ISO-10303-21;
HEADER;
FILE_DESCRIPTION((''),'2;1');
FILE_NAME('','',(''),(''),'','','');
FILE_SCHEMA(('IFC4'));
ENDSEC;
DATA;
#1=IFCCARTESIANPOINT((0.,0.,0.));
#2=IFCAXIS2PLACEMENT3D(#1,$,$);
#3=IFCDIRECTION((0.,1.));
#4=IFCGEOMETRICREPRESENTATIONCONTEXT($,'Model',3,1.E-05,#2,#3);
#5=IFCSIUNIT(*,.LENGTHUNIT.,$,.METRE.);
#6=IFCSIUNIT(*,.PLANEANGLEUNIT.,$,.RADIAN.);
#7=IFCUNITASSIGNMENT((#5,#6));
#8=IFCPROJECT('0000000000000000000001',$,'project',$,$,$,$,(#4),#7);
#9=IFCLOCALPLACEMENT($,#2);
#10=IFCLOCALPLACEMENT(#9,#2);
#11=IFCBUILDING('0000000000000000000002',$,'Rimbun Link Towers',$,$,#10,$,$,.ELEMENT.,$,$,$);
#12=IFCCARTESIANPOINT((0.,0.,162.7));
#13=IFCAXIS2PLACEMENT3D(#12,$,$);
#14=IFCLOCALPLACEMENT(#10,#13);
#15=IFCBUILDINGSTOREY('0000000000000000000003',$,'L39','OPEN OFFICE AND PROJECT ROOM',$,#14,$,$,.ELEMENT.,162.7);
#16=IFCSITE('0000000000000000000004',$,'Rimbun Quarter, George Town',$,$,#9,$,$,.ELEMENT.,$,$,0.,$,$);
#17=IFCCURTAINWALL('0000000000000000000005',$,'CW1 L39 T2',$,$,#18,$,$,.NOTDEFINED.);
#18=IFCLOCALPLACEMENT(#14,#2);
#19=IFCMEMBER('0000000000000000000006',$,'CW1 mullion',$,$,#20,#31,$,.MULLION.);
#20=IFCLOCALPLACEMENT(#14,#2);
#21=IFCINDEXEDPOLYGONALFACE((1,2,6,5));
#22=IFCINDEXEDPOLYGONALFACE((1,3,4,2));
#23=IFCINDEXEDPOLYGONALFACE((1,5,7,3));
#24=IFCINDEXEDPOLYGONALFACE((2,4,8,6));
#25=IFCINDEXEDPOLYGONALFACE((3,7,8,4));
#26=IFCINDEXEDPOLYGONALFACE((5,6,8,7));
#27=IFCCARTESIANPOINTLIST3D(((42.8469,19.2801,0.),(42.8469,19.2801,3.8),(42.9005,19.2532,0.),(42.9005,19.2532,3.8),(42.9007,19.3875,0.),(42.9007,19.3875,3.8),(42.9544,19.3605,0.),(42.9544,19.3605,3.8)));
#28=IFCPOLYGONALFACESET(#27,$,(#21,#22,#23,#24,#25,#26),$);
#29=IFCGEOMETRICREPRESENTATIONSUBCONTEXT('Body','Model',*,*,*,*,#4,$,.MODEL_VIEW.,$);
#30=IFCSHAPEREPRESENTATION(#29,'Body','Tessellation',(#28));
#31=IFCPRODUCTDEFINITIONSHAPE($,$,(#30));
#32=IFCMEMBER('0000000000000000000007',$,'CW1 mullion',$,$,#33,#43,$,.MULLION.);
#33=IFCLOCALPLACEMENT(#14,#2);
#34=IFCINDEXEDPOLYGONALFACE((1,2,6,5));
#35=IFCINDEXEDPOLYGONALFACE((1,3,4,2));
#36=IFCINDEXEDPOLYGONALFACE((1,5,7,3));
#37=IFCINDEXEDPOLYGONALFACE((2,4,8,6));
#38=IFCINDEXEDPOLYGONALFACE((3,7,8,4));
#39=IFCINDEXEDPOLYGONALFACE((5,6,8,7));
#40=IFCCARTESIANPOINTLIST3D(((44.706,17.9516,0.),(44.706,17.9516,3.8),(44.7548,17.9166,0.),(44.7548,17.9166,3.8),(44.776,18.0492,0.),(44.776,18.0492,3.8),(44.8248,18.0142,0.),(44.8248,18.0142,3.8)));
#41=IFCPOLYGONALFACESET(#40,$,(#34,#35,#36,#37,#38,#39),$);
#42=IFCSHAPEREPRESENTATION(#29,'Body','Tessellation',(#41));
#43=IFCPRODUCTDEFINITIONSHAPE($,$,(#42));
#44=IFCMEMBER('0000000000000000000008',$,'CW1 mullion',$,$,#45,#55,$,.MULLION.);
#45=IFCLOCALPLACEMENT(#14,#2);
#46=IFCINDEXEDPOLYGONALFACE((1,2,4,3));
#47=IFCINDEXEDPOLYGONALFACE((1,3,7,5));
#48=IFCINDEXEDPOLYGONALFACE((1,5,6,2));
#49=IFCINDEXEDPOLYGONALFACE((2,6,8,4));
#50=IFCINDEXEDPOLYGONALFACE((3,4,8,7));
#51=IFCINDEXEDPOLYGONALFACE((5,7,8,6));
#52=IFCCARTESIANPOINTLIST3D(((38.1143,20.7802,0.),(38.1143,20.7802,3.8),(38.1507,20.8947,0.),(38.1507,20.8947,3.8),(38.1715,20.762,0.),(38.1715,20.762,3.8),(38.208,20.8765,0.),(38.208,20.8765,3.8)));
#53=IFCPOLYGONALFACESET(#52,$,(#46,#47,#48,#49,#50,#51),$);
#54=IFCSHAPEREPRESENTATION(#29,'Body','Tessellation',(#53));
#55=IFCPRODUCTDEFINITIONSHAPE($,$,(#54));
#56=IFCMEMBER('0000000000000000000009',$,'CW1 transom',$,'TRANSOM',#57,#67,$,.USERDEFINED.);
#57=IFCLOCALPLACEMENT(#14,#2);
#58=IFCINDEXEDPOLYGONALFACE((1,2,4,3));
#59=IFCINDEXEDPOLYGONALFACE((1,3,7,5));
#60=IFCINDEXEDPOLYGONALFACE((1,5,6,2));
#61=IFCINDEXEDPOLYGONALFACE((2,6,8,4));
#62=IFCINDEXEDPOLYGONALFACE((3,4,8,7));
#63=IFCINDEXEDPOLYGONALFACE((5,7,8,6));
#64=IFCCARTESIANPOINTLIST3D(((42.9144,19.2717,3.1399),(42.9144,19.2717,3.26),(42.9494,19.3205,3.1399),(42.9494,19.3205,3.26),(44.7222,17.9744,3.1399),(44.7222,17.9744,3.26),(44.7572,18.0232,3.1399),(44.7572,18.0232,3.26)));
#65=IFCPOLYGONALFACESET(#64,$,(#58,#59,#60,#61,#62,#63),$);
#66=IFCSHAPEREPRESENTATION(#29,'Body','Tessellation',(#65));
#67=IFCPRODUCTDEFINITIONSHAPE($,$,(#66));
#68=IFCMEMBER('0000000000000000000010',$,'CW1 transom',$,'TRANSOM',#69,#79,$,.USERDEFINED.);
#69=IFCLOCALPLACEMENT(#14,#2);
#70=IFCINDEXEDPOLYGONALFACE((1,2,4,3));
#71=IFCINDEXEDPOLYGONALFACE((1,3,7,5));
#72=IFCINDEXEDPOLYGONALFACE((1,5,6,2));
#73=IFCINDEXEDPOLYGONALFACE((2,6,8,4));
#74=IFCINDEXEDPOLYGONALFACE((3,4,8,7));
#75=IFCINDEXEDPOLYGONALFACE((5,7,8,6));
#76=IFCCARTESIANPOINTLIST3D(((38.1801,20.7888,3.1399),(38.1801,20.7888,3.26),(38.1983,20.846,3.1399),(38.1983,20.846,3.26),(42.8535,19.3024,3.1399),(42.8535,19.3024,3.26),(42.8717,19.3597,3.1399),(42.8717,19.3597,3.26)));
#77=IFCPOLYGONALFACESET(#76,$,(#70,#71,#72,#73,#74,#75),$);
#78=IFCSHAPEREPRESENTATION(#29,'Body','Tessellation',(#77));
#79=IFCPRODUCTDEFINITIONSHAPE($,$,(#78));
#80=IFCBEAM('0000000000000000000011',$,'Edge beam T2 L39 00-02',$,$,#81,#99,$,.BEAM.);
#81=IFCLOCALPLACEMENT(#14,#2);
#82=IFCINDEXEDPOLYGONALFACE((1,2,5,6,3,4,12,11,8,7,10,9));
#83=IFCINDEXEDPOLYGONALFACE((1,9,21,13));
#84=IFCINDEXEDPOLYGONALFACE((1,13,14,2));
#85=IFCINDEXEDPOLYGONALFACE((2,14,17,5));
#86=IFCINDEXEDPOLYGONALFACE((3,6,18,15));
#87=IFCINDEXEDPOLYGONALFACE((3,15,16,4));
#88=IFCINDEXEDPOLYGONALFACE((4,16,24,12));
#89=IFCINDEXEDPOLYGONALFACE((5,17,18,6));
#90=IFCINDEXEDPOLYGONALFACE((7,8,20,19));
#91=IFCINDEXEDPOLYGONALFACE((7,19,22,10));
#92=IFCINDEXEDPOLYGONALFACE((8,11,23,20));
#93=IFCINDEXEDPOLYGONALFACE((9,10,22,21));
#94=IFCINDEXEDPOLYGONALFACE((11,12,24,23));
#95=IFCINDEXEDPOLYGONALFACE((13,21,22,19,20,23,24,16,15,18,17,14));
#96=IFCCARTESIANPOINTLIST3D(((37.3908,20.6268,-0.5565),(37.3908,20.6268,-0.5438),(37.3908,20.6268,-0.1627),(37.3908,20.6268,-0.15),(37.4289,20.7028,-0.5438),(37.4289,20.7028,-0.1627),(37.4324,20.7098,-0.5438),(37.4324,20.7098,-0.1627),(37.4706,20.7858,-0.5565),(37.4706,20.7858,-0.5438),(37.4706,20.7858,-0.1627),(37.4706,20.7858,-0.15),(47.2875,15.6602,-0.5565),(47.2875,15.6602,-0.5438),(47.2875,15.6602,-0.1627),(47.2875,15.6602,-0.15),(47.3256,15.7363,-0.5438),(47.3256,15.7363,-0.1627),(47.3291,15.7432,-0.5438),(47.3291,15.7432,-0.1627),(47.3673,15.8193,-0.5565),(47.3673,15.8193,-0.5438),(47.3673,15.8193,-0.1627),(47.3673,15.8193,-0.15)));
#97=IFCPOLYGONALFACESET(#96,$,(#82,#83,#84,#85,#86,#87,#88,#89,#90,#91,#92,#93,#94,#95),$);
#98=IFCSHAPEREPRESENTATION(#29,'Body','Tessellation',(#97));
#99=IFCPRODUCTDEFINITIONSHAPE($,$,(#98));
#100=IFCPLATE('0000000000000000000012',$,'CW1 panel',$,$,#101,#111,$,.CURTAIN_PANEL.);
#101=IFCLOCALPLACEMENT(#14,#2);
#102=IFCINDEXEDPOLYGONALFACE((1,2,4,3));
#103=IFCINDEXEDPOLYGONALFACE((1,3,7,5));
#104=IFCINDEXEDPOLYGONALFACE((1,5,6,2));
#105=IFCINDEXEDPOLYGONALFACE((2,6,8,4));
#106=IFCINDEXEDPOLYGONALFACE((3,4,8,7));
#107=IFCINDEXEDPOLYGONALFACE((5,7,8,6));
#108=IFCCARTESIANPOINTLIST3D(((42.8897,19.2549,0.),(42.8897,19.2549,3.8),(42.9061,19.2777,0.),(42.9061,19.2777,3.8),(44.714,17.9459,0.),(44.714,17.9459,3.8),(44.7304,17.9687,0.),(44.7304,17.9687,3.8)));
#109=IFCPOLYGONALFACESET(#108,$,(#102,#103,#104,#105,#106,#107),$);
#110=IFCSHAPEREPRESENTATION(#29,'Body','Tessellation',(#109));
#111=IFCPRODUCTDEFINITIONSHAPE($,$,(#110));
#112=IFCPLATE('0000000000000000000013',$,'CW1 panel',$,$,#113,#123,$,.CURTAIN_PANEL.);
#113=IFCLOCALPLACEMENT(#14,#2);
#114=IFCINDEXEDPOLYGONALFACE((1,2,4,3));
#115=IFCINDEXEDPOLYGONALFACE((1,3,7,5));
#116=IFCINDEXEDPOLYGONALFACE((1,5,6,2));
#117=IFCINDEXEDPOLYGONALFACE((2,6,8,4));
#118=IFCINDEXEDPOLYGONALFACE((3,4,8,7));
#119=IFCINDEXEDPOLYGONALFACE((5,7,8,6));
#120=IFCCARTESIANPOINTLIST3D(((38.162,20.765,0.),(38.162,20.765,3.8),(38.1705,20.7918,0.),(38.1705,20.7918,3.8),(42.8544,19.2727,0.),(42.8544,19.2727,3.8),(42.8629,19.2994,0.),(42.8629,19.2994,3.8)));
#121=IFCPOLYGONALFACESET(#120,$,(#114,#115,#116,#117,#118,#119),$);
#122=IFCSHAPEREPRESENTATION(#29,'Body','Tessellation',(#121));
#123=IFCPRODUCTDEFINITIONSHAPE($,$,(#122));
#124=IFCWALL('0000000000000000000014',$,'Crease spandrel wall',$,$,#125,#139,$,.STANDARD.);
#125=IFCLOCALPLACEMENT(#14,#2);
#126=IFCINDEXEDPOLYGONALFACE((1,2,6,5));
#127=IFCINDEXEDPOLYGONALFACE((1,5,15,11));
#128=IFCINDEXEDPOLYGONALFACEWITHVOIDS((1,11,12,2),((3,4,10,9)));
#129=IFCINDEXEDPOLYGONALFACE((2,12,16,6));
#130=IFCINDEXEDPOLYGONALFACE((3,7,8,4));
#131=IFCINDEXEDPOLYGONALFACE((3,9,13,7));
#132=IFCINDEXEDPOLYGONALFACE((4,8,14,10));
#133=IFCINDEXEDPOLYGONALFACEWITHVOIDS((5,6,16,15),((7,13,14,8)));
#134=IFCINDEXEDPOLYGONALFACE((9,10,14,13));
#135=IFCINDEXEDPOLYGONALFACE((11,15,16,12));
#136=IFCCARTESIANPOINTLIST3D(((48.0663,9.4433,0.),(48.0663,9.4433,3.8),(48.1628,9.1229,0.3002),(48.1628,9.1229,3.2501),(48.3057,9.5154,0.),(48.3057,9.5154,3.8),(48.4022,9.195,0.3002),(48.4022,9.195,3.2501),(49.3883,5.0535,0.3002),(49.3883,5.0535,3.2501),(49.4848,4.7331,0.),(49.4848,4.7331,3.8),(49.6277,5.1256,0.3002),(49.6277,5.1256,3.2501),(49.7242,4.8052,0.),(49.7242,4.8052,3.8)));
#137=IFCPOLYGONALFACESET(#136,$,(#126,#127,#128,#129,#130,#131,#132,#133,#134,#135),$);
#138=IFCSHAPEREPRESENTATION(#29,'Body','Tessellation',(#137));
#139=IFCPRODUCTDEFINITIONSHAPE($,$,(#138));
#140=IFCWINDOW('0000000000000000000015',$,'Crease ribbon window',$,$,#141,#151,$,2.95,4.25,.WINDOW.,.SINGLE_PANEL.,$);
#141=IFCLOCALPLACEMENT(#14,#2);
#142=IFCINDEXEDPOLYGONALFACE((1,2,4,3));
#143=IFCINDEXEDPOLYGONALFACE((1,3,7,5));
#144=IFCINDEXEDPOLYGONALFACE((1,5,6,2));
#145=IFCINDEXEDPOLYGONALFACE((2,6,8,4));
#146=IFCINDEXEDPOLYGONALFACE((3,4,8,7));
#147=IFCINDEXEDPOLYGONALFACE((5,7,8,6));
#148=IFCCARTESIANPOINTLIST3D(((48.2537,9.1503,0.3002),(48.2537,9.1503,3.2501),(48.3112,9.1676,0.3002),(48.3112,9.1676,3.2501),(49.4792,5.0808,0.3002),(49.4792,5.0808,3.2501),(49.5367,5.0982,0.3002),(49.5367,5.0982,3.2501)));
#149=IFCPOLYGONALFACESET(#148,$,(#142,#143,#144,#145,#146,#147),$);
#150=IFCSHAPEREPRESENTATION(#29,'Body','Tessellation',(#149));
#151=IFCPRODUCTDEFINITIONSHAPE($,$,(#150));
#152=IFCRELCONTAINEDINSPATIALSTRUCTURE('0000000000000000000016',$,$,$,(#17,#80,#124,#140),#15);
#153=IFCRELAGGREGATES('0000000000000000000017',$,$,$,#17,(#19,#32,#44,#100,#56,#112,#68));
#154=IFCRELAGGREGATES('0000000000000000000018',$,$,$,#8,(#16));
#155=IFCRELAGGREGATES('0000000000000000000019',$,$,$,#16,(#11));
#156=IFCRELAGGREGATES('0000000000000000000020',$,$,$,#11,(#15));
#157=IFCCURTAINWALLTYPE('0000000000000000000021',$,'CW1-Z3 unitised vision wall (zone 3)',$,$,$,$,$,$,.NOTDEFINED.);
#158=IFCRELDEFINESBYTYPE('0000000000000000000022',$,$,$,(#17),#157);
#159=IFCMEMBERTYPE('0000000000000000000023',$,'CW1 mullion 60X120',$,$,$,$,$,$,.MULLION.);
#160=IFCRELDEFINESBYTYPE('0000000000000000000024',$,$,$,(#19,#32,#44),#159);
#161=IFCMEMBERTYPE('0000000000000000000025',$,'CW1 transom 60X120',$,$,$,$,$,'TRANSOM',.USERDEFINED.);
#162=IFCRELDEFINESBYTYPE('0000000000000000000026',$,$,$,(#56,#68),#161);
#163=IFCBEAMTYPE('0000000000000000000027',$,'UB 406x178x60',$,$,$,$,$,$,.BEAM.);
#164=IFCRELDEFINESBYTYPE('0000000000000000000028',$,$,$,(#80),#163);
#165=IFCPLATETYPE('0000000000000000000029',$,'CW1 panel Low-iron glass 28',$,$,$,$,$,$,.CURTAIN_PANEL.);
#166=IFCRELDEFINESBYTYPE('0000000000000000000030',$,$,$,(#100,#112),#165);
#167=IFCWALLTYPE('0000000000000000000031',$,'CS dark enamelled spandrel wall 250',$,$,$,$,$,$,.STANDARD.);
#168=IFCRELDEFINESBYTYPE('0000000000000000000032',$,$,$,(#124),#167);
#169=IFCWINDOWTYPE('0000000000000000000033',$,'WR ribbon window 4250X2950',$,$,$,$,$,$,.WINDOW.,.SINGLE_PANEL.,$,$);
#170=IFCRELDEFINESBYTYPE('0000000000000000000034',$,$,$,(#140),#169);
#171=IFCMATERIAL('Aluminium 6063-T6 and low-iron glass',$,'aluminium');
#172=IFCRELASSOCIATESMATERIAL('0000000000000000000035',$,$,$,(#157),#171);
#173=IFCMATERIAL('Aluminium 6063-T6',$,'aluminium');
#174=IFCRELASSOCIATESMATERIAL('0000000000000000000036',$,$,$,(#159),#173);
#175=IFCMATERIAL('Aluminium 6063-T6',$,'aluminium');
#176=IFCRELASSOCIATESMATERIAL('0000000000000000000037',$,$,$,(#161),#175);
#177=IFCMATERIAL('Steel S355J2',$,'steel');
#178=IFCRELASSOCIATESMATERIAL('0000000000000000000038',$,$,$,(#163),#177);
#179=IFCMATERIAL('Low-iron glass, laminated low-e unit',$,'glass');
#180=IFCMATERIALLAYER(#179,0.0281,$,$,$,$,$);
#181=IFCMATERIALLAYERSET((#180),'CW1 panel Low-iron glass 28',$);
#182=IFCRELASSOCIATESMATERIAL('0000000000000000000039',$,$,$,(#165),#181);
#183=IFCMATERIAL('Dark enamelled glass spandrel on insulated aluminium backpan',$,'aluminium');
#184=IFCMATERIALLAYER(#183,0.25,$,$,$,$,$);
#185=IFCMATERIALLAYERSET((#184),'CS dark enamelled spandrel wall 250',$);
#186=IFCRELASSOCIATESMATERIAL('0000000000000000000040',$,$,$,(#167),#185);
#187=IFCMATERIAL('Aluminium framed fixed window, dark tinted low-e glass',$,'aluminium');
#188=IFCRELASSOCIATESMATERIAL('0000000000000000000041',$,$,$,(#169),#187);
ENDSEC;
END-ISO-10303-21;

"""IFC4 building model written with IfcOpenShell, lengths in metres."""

from ifc_helpers import new_model, si_unit, direction, frame, frame_2d, origin, origin_2d, place, context, subcontext, project, spatial, rectangle, i_section, extrude, material, layer, layer_set, material_profile, profile_set, type_object, element, fill, aggregate, save


model = new_model("IFC4")

# Units and contexts
model_context = context("Model", 3, precision=1e-05, world=origin(), true_north=direction((0.0, 1.0)))
body_context = subcontext(model_context, "Body", "Model", "MODEL_VIEW")
ifc_project = project(units=[si_unit("LENGTHUNIT", "METRE"), si_unit("PLANEANGLEUNIT", "RADIAN")], contexts=[model_context])

# Site, building, storey
site_placement = place(None, origin())
site = spatial("IfcSite", under=ifc_project, at=site_placement, Name="Rimbun Quarter, George Town", CompositionType="ELEMENT", RefElevation=0.0)
building_placement = place(site_placement, origin())
building = spatial("IfcBuilding", under=site, at=building_placement, Name="Rimbun Link Towers", CompositionType="ELEMENT")
storey_placement = place(building_placement, frame((0.0, 0.0, 162.7)))
storey = spatial("IfcBuildingStorey", under=building, at=storey_placement, Name="L39", Description="OPEN OFFICE AND PROJECT ROOM", CompositionType="ELEMENT", Elevation=162.7)

# Curtain wall, members
ifc_material_1 = material(Name="Aluminium 6063-T6 and low-iron glass", Category="aluminium")
curtain_wall_type = type_object("IfcCurtainWallType", Name="CW1-Z3 unitised vision wall (zone 3)", PredefinedType="NOTDEFINED", material=ifc_material_1)
curtain_wall_placement = place(storey_placement, origin())
curtain_wall = element("IfcCurtainWall", 1, at=curtain_wall_placement, inside=storey, type_object=curtain_wall_type, Name="CW1 L39 T2", PredefinedType="NOTDEFINED")
ifc_material_2 = material(Name="Aluminium 6063-T6", Category="aluminium")
ifc_material_profile_1 = material_profile(ifc_material_2, rectangle(XDim=0.1201, YDim=0.0601, at=origin_2d()), Name="MULLION 60X120")
ifc_profile_set_1 = profile_set([ifc_material_profile_1], Name="Aluminium 6063-T6")
member_type_1 = type_object("IfcMemberType", Name="CW1 mullion 60X120", PredefinedType="MULLION", material=ifc_profile_set_1)
member_1_placement = place(storey_placement, frame((42.9006, 19.3203, 0.0), z_axis=(0.0, 0.0, 1.0), x_axis=(0.448577, 0.893744, 0.0)))
member_1 = element("IfcMember", 2, at=member_1_placement, type_object=member_type_1, Name="CW1 mullion", PredefinedType="MULLION", context=body_context, shape_type="SweptSolid", body=[
    extrude(rectangle(XDim=0.1201, YDim=0.0601, at=origin_2d()), origin(), (0.0, 0.0, 1.0), 3.8),
])
member_2_placement = place(storey_placement, frame((44.7654, 17.9829, 0.0), z_axis=(0.0, 0.0, 1.0), x_axis=(0.583004, 0.812469, 0.0)))
member_2 = element("IfcMember", 3, at=member_2_placement, type_object=member_type_1, Name="CW1 mullion", PredefinedType="MULLION", context=body_context, shape_type="SweptSolid", body=[
    extrude(rectangle(XDim=0.1201, YDim=0.0601, at=origin_2d()), origin(), (0.0, 0.0, 1.0), 3.8),
])
member_3_placement = place(storey_placement, frame((38.1611, 20.8284, 0.0), z_axis=(0.0, 0.0, 1.0), x_axis=(0.303082, 0.952965, 0.0)))
member_3 = element("IfcMember", 4, at=member_3_placement, type_object=member_type_1, Name="CW1 mullion", PredefinedType="MULLION", context=body_context, shape_type="SweptSolid", body=[
    extrude(rectangle(XDim=0.1201, YDim=0.0601, at=origin_2d()), origin(), (0.0, 0.0, 1.0), 3.8),
])
ifc_material_3 = material(Name="Aluminium 6063-T6", Category="aluminium")
ifc_material_profile_2 = material_profile(ifc_material_3, rectangle(XDim=0.0601, YDim=0.1201, at=origin_2d()), Name="TRANSOM 60X120")
ifc_profile_set_2 = profile_set([ifc_material_profile_2], Name="Aluminium 6063-T6")
member_type_2 = type_object("IfcMemberType", Name="CW1 transom 60X120", ElementType="TRANSOM", PredefinedType="USERDEFINED", material=ifc_profile_set_2)
member_4_placement = place(storey_placement, frame((42.9319, 19.2961, 3.2), z_axis=(0.812449, -0.583032, 0.0), x_axis=(0.583032, 0.812449, 0.0)))
member_4 = element("IfcMember", 5, at=member_4_placement, type_object=member_type_2, Name="CW1 transom", ObjectType="TRANSOM", PredefinedType="USERDEFINED", context=body_context, shape_type="SweptSolid", body=[
    extrude(rectangle(XDim=0.0601, YDim=0.1201, at=origin_2d()), origin(), (0.0, 0.0, 1.0), 2.2251),
])
member_5_placement = place(storey_placement, frame((38.1892, 20.8174, 3.2), z_axis=(0.952964, -0.303084, 0.0), x_axis=(0.303084, 0.952964, 0.0)))
member_5 = element("IfcMember", 6, at=member_5_placement, type_object=member_type_2, Name="CW1 transom", ObjectType="TRANSOM", PredefinedType="USERDEFINED", context=body_context, shape_type="SweptSolid", body=[
    extrude(rectangle(XDim=0.0601, YDim=0.1201, at=origin_2d()), origin(), (0.0, 0.0, 1.0), 4.9041),
])

# Beam
ifc_material_4 = material(Name="Steel S355J2", Category="steel")
ifc_material_profile_3 = material_profile(ifc_material_4, i_section(OverallWidth=0.178, OverallDepth=0.4065, WebThickness=0.0078, FlangeThickness=0.0127, at=origin_2d()), Name="UB 406x178x60")
ifc_profile_set_3 = profile_set([ifc_material_profile_3], Name="Steel S355J2")
beam_type = type_object("IfcBeamType", Name="UB 406x178x60", PredefinedType="BEAM", material=ifc_profile_set_3)
beam_placement = place(storey_placement, frame((47.3274, 15.7397, -0.3533), z_axis=(-0.893769, 0.448527, 0.0), x_axis=(-0.448527, -0.893769, 0.0)))
element("IfcBeam", 7, at=beam_placement, inside=storey, type_object=beam_type, Name="Edge beam T2 L39 00-02", PredefinedType="BEAM", context=body_context, shape_type="SweptSolid", body=[
    extrude(i_section(OverallWidth=0.178, OverallDepth=0.4065, WebThickness=0.0078, FlangeThickness=0.0127, at=origin_2d()), origin(), (0.0, 0.0, 1.0), 11.073),
])

# Plates
ifc_material_5 = material(Name="Low-iron glass, laminated low-e unit", Category="glass")
ifc_layer_1 = layer(ifc_material_5, 0.0281)
ifc_layer_set_1 = layer_set([ifc_layer_1], Name="CW1 panel Low-iron glass 28")
plate_type = type_object("IfcPlateType", Name="CW1 panel Low-iron glass 28", PredefinedType="CURTAIN_PANEL", material=ifc_layer_set_1)
plate_1_placement = place(storey_placement, frame((43.8101, 18.6118, 0.0), z_axis=(0.0, 0.0, 1.0), x_axis=(0.812469, -0.583004, 0.0)))
plate_1 = element("IfcPlate", 8, at=plate_1_placement, type_object=plate_type, Name="CW1 panel", PredefinedType="CURTAIN_PANEL", context=body_context, shape_type="SweptSolid", body=[
    extrude(rectangle(XDim=2.2454, YDim=0.0281, at=origin_2d()), origin(), (0.0, 0.0, 1.0), 3.8),
])
plate_2_placement = place(storey_placement, frame((40.5125, 20.0322, 0.0), z_axis=(0.0, 0.0, 1.0), x_axis=(0.952965, -0.303082, 0.0)))
plate_2 = element("IfcPlate", 9, at=plate_2_placement, type_object=plate_type, Name="CW1 panel", PredefinedType="CURTAIN_PANEL", context=body_context, shape_type="SweptSolid", body=[
    extrude(rectangle(XDim=4.9241, YDim=0.0281, at=origin_2d()), origin(), (0.0, 0.0, 1.0), 3.8),
])
aggregate(curtain_wall, [member_1, member_2, member_3, plate_1, member_4, plate_2, member_5])

# Wall, opening, window
ifc_material_6 = material(Name="Dark enamelled glass spandrel on insulated aluminium backpan", Category="aluminium")
ifc_layer_2 = layer(ifc_material_6, 0.25)
ifc_layer_set_2 = layer_set([ifc_layer_2], Name="CS dark enamelled spandrel wall 250")
wall_type_1 = type_object("IfcWallType", Name="CS dark enamelled spandrel wall 250", PredefinedType="STANDARD", material=ifc_layer_set_2)
wall_1_placement = place(storey_placement, frame((48.186, 9.4792, 0.0), z_axis=(0.0, 0.0, 1.0), x_axis=(0.288354, -0.957524, 0.0)))
wall_1 = element("IfcWall", 10, at=wall_1_placement, inside=storey, type_object=wall_type_1, Name="Crease spandrel wall", PredefinedType="STANDARD", context=body_context, shape_type="SweptSolid", body=[
    extrude(rectangle(XDim=4.9192, YDim=0.25, at=frame_2d((2.4595, 0.0))), origin(), (0.0, 0.0, 1.0), 3.8),
])
opening_1_placement = place(wall_1_placement, frame((0.3345, 0.0, 0.3)))
opening_1 = element("IfcOpeningElement", 11, at=opening_1_placement, cuts=wall_1, PredefinedType="OPENING", context=body_context, shape_type="SweptSolid", body=[
    extrude(rectangle(XDim=4.25, YDim=2.95, at=frame_2d((2.125, 1.4751))), frame((0.0, 0.135, 0.0), z_axis=(0.0, -1.0, 0.0), x_axis=(1.0, 0.0, 0.0)), (0.0, 0.0, 1.0), 0.27),
])
ifc_material_7 = material(Name="Aluminium framed fixed window, dark tinted low-e glass", Category="aluminium")
window_type_1 = type_object("IfcWindowType", Name="WR ribbon window 4250X2950", PartitioningType="SINGLE_PANEL", PredefinedType="WINDOW", material=ifc_material_7)
window_1_placement = place(opening_1_placement, origin())
window_1 = element("IfcWindow", 12, at=window_1_placement, inside=storey, type_object=window_type_1, Name="Crease ribbon window", OverallHeight=2.95, OverallWidth=4.25, PartitioningType="SINGLE_PANEL", PredefinedType="WINDOW", context=body_context, shape_type="SweptSolid", body=[
    extrude(rectangle(XDim=4.25, YDim=2.95, at=frame_2d((2.125, 1.4751))), frame((0.0, 0.03, 0.0), z_axis=(0.0, -1.0, 0.0), x_axis=(1.0, 0.0, 0.0)), (0.0, 0.0, 1.0), 0.0601),
])
fill(opening_1, window_1)

save(model, "model.ifc")
